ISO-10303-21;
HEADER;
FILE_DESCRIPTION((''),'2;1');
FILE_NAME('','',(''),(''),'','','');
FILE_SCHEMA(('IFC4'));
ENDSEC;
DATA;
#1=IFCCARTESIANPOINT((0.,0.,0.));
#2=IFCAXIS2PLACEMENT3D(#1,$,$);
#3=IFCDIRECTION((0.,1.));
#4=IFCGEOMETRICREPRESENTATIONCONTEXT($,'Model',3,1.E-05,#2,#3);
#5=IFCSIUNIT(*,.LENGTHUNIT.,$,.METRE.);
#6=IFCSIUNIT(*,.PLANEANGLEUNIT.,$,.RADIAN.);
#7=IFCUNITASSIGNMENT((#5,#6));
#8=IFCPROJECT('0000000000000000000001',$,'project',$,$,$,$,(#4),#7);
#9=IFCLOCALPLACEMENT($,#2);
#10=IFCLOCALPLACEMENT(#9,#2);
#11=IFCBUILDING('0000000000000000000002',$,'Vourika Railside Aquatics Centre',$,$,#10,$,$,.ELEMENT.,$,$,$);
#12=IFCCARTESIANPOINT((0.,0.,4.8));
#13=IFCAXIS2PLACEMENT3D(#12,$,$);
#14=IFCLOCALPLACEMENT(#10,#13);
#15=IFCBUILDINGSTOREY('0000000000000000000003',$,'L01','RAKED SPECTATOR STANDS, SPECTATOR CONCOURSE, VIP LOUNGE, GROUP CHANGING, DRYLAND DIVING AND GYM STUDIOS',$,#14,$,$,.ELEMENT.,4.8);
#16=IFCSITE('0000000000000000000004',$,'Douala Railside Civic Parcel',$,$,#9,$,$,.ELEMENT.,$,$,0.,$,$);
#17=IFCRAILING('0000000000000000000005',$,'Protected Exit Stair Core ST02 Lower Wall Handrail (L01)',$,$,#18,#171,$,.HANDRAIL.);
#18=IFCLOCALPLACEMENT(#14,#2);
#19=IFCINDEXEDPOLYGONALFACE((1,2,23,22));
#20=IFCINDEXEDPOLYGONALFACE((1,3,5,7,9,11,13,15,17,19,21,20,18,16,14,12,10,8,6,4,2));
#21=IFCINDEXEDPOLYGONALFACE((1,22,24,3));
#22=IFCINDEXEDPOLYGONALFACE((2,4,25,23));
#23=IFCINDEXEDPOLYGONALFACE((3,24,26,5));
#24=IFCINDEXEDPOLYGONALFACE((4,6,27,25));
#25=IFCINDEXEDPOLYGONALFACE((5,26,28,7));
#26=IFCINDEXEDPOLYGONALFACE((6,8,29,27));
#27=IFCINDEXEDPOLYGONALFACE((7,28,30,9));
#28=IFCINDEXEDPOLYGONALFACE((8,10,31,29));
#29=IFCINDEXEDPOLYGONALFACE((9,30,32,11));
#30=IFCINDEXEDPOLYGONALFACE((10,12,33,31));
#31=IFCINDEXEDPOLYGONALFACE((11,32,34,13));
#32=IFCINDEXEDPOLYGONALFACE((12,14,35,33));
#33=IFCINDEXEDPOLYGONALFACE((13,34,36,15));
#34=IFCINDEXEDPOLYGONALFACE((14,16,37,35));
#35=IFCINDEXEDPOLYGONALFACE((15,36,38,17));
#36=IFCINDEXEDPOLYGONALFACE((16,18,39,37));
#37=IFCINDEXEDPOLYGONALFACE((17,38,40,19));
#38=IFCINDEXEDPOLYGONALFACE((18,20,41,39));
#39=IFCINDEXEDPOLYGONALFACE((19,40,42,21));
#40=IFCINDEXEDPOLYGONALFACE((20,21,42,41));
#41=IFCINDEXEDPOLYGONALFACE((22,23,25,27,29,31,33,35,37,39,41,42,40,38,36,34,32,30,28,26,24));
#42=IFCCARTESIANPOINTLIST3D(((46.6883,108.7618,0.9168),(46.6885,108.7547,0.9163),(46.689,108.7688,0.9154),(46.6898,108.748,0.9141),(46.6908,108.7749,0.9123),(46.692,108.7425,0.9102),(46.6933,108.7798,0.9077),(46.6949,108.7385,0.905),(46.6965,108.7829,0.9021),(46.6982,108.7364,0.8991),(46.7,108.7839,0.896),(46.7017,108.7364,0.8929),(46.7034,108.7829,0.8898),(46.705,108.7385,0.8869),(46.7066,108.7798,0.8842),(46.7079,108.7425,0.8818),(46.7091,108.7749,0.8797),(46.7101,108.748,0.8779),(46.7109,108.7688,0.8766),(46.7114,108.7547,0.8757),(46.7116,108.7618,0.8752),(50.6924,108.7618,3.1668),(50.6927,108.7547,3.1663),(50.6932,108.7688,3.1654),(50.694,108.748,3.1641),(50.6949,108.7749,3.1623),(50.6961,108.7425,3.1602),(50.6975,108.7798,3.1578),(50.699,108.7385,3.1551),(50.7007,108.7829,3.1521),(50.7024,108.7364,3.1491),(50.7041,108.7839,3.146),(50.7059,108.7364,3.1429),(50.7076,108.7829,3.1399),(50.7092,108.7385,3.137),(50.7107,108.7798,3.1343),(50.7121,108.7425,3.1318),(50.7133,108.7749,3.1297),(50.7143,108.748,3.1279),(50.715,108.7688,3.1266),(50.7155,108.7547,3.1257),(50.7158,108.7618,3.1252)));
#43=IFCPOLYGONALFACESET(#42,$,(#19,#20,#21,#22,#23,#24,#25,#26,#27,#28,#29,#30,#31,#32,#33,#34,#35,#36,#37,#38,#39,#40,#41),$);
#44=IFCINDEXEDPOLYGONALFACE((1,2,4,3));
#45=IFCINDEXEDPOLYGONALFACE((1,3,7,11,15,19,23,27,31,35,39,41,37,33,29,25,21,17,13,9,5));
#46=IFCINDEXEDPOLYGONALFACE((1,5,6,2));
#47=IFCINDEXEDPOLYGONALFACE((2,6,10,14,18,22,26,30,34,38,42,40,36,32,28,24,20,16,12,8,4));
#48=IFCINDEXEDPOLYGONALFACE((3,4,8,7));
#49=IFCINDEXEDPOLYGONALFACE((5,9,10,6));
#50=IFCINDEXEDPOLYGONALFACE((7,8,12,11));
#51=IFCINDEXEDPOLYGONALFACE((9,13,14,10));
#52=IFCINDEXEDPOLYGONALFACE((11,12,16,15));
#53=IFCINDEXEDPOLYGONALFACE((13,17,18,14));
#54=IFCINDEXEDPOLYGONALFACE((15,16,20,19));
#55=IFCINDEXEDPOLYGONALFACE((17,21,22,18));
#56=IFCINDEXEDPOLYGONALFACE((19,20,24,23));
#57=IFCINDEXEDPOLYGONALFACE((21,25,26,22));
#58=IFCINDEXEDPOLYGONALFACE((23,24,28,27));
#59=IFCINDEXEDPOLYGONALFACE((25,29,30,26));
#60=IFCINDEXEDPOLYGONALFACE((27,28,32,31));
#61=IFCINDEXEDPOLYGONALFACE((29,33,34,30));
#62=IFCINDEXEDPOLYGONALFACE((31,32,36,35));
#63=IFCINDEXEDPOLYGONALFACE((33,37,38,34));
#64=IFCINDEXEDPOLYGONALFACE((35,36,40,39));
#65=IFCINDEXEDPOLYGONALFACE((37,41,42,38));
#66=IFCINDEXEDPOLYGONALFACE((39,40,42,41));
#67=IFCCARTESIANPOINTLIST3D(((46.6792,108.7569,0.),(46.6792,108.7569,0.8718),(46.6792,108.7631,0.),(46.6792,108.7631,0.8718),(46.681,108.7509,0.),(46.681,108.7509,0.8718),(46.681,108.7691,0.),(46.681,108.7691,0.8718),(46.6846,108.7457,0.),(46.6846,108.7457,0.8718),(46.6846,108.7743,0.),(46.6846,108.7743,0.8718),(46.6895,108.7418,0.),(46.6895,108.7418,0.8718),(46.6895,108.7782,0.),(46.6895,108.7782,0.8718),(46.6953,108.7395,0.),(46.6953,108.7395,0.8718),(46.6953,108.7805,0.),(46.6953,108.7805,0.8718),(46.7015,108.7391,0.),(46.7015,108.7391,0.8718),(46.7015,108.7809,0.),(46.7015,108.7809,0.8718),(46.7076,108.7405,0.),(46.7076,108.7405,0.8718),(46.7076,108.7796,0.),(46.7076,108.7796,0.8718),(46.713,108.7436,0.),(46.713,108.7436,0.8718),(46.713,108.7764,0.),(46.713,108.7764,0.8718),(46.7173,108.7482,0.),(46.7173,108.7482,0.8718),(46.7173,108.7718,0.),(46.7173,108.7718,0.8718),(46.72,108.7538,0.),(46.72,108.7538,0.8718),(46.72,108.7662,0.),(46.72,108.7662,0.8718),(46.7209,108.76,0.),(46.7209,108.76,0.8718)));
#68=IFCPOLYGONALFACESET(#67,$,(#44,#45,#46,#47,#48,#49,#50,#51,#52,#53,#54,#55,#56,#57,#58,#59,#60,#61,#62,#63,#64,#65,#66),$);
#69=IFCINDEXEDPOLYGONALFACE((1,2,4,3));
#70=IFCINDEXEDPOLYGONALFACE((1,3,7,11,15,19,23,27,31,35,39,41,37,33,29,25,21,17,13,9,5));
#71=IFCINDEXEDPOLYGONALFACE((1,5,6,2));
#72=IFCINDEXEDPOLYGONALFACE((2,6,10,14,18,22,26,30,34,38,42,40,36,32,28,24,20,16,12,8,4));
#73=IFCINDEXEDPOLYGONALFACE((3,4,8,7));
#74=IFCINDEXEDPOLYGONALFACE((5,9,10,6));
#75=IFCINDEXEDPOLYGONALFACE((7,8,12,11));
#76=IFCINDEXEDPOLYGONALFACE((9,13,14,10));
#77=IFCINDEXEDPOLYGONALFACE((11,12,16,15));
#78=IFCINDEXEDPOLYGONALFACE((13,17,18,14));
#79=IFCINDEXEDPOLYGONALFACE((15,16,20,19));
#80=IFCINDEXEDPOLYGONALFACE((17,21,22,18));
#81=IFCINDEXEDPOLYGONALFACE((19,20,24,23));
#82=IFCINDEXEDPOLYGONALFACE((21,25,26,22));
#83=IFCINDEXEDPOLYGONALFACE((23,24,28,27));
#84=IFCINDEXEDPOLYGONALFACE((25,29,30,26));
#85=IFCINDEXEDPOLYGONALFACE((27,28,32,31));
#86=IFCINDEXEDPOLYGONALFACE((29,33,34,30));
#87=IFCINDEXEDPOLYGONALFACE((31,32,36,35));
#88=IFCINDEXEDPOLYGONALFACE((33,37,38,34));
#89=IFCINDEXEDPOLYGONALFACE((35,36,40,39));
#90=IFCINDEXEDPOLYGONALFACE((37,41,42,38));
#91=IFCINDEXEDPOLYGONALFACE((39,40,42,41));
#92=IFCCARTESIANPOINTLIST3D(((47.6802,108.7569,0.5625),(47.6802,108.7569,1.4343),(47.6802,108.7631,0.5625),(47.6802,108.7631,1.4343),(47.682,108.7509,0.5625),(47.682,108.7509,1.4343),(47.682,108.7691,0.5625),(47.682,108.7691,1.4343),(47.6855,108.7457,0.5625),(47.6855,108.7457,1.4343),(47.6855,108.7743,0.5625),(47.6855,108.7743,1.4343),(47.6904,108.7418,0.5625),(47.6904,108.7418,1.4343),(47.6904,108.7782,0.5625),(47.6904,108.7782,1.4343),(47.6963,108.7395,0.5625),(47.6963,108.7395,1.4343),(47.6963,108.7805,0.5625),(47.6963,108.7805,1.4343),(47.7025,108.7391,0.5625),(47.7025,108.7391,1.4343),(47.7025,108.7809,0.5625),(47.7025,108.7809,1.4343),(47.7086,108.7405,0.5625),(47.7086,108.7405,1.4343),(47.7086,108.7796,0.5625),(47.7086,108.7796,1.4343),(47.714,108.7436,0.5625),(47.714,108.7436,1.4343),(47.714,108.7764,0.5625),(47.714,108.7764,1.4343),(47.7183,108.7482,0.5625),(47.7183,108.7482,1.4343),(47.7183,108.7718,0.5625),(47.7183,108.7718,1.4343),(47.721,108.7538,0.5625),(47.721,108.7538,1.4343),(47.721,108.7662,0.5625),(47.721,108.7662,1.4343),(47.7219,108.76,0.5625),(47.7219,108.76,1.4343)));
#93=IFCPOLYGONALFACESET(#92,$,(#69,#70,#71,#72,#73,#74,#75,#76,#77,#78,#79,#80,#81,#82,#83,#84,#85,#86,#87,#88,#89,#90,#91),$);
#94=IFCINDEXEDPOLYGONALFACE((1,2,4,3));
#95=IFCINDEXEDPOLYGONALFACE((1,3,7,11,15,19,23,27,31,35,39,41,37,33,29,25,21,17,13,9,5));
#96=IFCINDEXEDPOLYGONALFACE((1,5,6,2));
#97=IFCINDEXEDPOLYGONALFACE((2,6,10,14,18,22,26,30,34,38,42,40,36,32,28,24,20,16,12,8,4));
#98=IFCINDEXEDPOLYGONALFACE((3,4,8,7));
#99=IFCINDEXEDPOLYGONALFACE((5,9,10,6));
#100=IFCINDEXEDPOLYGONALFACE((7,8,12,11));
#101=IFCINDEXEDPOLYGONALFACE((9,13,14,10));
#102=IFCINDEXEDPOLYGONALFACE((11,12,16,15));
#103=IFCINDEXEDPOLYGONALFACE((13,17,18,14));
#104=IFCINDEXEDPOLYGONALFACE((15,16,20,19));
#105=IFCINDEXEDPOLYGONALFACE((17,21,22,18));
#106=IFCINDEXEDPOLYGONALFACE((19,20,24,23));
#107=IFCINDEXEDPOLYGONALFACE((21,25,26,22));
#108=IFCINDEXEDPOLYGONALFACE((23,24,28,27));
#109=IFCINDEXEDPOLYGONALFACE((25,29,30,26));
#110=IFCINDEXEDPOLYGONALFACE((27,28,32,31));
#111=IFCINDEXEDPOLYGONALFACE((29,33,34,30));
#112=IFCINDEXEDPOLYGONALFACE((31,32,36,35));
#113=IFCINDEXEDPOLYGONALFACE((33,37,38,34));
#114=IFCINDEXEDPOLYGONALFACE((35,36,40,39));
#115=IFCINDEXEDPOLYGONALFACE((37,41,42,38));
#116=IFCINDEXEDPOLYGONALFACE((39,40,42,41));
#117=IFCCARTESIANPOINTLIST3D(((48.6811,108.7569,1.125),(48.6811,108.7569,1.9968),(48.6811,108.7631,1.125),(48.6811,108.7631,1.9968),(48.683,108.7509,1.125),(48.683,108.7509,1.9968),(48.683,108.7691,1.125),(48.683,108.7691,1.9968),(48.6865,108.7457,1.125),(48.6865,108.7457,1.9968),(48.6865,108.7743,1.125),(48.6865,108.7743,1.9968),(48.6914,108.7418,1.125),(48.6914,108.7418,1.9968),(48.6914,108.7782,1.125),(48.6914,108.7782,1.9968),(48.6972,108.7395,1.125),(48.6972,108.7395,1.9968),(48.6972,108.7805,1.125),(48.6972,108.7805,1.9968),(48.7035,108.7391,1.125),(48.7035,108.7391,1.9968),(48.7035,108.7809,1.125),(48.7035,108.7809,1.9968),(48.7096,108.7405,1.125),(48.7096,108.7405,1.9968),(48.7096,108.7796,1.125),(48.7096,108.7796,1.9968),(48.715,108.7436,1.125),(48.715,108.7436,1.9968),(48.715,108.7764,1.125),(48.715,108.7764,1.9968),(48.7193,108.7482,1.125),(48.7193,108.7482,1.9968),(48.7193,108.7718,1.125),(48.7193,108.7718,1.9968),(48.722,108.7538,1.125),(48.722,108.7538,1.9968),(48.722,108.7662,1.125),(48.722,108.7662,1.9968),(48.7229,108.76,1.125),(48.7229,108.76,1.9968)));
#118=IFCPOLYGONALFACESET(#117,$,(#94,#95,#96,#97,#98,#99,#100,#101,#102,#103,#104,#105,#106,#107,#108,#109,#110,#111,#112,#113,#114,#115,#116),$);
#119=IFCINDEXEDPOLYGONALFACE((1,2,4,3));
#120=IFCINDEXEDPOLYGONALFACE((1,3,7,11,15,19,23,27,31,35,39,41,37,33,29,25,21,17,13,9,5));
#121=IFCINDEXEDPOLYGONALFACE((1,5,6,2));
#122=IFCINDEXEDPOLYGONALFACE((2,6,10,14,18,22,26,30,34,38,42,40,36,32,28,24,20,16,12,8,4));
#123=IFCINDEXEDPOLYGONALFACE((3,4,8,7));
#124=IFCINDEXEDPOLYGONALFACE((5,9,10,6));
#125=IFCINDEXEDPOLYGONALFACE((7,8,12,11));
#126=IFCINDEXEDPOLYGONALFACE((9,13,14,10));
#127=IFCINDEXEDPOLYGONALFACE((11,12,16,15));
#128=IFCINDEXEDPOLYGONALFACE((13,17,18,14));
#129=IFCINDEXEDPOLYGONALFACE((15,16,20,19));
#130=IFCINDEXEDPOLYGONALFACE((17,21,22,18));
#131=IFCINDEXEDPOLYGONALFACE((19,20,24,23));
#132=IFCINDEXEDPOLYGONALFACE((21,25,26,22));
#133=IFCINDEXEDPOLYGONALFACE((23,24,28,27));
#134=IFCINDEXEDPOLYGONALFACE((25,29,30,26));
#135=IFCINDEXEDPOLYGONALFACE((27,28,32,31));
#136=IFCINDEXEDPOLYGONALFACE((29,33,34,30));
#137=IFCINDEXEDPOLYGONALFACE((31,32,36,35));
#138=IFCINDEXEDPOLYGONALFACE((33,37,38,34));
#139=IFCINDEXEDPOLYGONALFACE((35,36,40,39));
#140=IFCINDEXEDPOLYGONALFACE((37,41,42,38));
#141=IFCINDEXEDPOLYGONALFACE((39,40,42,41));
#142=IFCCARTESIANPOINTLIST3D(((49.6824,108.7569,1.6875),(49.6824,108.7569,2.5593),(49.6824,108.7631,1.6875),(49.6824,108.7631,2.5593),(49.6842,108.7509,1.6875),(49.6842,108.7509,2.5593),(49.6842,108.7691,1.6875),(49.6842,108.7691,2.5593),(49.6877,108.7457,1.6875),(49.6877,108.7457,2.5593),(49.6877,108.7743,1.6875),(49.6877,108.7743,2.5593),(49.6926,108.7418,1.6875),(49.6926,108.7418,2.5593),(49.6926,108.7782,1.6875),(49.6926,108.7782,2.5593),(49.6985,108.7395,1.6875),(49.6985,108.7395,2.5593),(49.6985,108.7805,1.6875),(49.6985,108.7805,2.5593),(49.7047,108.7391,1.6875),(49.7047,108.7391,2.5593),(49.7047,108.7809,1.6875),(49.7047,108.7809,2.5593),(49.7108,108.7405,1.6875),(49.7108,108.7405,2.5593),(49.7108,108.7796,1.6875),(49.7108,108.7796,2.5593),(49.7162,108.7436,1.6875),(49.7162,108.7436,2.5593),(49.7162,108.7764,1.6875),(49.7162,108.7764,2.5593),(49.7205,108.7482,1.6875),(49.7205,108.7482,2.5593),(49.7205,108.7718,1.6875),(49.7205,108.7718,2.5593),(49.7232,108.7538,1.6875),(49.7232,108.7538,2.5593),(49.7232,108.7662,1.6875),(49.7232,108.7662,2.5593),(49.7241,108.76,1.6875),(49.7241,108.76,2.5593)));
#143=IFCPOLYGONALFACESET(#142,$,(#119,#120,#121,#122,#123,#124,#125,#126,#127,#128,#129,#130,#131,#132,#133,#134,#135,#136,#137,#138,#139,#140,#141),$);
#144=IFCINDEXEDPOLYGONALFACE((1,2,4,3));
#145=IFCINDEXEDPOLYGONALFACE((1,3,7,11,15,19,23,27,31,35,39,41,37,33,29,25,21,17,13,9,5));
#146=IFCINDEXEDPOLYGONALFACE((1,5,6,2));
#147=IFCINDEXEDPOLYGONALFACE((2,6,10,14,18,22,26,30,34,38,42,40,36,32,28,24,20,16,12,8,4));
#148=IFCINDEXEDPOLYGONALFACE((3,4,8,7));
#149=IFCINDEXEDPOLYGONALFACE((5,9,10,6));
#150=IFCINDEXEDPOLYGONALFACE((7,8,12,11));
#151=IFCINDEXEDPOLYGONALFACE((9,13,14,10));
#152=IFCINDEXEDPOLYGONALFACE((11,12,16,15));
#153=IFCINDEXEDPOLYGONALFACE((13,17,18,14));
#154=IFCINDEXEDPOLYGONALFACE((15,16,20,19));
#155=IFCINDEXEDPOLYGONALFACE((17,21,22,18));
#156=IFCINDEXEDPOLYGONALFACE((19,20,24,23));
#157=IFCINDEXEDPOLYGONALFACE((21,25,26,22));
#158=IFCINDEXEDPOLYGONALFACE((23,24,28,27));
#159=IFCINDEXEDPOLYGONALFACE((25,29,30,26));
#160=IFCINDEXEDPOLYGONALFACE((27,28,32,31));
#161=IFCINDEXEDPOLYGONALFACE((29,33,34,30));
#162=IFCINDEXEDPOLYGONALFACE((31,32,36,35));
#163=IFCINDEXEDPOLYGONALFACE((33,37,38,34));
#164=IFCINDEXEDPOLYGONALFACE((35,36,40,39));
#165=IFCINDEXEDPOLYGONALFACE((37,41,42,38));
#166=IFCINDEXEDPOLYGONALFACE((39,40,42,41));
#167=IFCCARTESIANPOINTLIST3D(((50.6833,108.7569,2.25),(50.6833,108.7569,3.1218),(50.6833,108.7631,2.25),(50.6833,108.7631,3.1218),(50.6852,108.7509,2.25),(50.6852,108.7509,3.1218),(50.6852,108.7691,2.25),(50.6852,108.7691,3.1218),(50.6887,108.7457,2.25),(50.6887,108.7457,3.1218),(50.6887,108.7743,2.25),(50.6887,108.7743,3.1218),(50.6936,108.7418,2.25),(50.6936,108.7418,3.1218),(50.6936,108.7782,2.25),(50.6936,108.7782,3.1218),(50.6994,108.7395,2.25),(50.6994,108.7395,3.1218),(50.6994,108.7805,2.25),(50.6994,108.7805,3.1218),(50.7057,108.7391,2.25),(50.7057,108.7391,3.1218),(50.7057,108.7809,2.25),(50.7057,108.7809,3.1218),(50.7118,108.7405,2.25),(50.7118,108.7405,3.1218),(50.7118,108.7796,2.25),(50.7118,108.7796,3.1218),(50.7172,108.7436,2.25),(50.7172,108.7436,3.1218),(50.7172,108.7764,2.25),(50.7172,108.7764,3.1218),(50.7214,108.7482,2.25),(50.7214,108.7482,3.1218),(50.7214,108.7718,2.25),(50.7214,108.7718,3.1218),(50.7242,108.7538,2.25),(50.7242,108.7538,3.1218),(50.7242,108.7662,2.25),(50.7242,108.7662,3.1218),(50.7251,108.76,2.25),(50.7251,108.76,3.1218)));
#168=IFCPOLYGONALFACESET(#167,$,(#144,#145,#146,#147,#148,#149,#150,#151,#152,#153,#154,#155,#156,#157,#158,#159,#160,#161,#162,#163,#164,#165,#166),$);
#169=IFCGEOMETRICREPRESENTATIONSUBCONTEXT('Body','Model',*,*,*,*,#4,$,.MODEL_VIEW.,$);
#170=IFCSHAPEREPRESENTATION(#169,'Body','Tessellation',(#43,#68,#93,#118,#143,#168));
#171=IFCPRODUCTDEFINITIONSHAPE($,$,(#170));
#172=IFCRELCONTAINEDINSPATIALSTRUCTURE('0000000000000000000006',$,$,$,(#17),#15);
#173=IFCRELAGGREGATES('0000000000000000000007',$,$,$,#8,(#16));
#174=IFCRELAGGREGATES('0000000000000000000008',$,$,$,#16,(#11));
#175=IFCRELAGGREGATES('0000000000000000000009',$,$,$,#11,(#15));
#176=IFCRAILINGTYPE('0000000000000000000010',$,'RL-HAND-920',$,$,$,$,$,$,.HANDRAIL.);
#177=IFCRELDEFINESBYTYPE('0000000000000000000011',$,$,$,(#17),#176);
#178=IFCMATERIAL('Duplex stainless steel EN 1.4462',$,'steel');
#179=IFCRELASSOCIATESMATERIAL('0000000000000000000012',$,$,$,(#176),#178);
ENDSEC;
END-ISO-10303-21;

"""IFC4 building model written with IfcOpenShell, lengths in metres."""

from ifc_helpers import new_model, si_unit, direction, frame, origin, origin_2d, place, context, subcontext, project, spatial, circle, extrude, material, type_object, element, save


model = new_model("IFC4")

# Units and contexts
model_context = context("Model", 3, precision=1e-05, world=origin(), true_north=direction((0.0, 1.0)))
body_context = subcontext(model_context, "Body", "Model", "MODEL_VIEW")
ifc_project = project(units=[si_unit("LENGTHUNIT", "METRE"), si_unit("PLANEANGLEUNIT", "RADIAN")], contexts=[model_context])

# Site, building, storey
site_placement = place(None, origin())
site = spatial("IfcSite", under=ifc_project, at=site_placement, Name="Douala Railside Civic Parcel", CompositionType="ELEMENT", RefElevation=0.0)
building_placement = place(site_placement, origin())
building = spatial("IfcBuilding", under=site, at=building_placement, Name="Vourika Railside Aquatics Centre", CompositionType="ELEMENT")
storey_placement = place(building_placement, frame((0.0, 0.0, 4.8)))
storey = spatial("IfcBuildingStorey", under=building, at=storey_placement, Name="L01", Description="RAKED SPECTATOR STANDS, SPECTATOR CONCOURSE, VIP LOUNGE, GROUP CHANGING, DRYLAND DIVING AND GYM STUDIOS", CompositionType="ELEMENT", Elevation=4.8)

# Railing
ifc_material_1 = material(Name="Duplex stainless steel EN 1.4462", Category="steel")
railing_type_1 = type_object("IfcRailingType", Name="RL-HAND-920", PredefinedType="HANDRAIL", material=ifc_material_1)
railing_1_placement = place(storey_placement, frame((46.7, 108.76, 0.0)))
element("IfcRailing", 1, at=railing_1_placement, inside=storey, type_object=railing_type_1, Name="Protected Exit Stair Core ST02 Lower Wall Handrail (L01)", PredefinedType="HANDRAIL", context=body_context, shape_type="SweptSolid", body=[
    extrude(circle(Radius=0.0239, at=origin_2d()), frame((0.0, 0.0, 0.896), z_axis=(0.871793, 0.0, 0.489875), x_axis=(0.0, 1.0, 0.0)), (0.0, 0.0, 1.0), 4.593),
    extrude(circle(Radius=0.021, at=origin_2d()), origin(), (0.0, 0.0, 1.0), 0.8718),
    extrude(circle(Radius=0.021, at=origin_2d()), frame((1.001, 0.0, 0.5625)), (0.0, 0.0, 1.0), 0.8718),
    extrude(circle(Radius=0.021, at=origin_2d()), frame((2.002, 0.0, 1.125)), (0.0, 0.0, 1.0), 0.8718),
    extrude(circle(Radius=0.021, at=origin_2d()), frame((3.0032, 0.0, 1.6875)), (0.0, 0.0, 1.0), 0.8718),
    extrude(circle(Radius=0.021, at=origin_2d()), frame((4.0042, 0.0, 2.25)), (0.0, 0.0, 1.0), 0.8718),
])

save(model, "model.ifc")
